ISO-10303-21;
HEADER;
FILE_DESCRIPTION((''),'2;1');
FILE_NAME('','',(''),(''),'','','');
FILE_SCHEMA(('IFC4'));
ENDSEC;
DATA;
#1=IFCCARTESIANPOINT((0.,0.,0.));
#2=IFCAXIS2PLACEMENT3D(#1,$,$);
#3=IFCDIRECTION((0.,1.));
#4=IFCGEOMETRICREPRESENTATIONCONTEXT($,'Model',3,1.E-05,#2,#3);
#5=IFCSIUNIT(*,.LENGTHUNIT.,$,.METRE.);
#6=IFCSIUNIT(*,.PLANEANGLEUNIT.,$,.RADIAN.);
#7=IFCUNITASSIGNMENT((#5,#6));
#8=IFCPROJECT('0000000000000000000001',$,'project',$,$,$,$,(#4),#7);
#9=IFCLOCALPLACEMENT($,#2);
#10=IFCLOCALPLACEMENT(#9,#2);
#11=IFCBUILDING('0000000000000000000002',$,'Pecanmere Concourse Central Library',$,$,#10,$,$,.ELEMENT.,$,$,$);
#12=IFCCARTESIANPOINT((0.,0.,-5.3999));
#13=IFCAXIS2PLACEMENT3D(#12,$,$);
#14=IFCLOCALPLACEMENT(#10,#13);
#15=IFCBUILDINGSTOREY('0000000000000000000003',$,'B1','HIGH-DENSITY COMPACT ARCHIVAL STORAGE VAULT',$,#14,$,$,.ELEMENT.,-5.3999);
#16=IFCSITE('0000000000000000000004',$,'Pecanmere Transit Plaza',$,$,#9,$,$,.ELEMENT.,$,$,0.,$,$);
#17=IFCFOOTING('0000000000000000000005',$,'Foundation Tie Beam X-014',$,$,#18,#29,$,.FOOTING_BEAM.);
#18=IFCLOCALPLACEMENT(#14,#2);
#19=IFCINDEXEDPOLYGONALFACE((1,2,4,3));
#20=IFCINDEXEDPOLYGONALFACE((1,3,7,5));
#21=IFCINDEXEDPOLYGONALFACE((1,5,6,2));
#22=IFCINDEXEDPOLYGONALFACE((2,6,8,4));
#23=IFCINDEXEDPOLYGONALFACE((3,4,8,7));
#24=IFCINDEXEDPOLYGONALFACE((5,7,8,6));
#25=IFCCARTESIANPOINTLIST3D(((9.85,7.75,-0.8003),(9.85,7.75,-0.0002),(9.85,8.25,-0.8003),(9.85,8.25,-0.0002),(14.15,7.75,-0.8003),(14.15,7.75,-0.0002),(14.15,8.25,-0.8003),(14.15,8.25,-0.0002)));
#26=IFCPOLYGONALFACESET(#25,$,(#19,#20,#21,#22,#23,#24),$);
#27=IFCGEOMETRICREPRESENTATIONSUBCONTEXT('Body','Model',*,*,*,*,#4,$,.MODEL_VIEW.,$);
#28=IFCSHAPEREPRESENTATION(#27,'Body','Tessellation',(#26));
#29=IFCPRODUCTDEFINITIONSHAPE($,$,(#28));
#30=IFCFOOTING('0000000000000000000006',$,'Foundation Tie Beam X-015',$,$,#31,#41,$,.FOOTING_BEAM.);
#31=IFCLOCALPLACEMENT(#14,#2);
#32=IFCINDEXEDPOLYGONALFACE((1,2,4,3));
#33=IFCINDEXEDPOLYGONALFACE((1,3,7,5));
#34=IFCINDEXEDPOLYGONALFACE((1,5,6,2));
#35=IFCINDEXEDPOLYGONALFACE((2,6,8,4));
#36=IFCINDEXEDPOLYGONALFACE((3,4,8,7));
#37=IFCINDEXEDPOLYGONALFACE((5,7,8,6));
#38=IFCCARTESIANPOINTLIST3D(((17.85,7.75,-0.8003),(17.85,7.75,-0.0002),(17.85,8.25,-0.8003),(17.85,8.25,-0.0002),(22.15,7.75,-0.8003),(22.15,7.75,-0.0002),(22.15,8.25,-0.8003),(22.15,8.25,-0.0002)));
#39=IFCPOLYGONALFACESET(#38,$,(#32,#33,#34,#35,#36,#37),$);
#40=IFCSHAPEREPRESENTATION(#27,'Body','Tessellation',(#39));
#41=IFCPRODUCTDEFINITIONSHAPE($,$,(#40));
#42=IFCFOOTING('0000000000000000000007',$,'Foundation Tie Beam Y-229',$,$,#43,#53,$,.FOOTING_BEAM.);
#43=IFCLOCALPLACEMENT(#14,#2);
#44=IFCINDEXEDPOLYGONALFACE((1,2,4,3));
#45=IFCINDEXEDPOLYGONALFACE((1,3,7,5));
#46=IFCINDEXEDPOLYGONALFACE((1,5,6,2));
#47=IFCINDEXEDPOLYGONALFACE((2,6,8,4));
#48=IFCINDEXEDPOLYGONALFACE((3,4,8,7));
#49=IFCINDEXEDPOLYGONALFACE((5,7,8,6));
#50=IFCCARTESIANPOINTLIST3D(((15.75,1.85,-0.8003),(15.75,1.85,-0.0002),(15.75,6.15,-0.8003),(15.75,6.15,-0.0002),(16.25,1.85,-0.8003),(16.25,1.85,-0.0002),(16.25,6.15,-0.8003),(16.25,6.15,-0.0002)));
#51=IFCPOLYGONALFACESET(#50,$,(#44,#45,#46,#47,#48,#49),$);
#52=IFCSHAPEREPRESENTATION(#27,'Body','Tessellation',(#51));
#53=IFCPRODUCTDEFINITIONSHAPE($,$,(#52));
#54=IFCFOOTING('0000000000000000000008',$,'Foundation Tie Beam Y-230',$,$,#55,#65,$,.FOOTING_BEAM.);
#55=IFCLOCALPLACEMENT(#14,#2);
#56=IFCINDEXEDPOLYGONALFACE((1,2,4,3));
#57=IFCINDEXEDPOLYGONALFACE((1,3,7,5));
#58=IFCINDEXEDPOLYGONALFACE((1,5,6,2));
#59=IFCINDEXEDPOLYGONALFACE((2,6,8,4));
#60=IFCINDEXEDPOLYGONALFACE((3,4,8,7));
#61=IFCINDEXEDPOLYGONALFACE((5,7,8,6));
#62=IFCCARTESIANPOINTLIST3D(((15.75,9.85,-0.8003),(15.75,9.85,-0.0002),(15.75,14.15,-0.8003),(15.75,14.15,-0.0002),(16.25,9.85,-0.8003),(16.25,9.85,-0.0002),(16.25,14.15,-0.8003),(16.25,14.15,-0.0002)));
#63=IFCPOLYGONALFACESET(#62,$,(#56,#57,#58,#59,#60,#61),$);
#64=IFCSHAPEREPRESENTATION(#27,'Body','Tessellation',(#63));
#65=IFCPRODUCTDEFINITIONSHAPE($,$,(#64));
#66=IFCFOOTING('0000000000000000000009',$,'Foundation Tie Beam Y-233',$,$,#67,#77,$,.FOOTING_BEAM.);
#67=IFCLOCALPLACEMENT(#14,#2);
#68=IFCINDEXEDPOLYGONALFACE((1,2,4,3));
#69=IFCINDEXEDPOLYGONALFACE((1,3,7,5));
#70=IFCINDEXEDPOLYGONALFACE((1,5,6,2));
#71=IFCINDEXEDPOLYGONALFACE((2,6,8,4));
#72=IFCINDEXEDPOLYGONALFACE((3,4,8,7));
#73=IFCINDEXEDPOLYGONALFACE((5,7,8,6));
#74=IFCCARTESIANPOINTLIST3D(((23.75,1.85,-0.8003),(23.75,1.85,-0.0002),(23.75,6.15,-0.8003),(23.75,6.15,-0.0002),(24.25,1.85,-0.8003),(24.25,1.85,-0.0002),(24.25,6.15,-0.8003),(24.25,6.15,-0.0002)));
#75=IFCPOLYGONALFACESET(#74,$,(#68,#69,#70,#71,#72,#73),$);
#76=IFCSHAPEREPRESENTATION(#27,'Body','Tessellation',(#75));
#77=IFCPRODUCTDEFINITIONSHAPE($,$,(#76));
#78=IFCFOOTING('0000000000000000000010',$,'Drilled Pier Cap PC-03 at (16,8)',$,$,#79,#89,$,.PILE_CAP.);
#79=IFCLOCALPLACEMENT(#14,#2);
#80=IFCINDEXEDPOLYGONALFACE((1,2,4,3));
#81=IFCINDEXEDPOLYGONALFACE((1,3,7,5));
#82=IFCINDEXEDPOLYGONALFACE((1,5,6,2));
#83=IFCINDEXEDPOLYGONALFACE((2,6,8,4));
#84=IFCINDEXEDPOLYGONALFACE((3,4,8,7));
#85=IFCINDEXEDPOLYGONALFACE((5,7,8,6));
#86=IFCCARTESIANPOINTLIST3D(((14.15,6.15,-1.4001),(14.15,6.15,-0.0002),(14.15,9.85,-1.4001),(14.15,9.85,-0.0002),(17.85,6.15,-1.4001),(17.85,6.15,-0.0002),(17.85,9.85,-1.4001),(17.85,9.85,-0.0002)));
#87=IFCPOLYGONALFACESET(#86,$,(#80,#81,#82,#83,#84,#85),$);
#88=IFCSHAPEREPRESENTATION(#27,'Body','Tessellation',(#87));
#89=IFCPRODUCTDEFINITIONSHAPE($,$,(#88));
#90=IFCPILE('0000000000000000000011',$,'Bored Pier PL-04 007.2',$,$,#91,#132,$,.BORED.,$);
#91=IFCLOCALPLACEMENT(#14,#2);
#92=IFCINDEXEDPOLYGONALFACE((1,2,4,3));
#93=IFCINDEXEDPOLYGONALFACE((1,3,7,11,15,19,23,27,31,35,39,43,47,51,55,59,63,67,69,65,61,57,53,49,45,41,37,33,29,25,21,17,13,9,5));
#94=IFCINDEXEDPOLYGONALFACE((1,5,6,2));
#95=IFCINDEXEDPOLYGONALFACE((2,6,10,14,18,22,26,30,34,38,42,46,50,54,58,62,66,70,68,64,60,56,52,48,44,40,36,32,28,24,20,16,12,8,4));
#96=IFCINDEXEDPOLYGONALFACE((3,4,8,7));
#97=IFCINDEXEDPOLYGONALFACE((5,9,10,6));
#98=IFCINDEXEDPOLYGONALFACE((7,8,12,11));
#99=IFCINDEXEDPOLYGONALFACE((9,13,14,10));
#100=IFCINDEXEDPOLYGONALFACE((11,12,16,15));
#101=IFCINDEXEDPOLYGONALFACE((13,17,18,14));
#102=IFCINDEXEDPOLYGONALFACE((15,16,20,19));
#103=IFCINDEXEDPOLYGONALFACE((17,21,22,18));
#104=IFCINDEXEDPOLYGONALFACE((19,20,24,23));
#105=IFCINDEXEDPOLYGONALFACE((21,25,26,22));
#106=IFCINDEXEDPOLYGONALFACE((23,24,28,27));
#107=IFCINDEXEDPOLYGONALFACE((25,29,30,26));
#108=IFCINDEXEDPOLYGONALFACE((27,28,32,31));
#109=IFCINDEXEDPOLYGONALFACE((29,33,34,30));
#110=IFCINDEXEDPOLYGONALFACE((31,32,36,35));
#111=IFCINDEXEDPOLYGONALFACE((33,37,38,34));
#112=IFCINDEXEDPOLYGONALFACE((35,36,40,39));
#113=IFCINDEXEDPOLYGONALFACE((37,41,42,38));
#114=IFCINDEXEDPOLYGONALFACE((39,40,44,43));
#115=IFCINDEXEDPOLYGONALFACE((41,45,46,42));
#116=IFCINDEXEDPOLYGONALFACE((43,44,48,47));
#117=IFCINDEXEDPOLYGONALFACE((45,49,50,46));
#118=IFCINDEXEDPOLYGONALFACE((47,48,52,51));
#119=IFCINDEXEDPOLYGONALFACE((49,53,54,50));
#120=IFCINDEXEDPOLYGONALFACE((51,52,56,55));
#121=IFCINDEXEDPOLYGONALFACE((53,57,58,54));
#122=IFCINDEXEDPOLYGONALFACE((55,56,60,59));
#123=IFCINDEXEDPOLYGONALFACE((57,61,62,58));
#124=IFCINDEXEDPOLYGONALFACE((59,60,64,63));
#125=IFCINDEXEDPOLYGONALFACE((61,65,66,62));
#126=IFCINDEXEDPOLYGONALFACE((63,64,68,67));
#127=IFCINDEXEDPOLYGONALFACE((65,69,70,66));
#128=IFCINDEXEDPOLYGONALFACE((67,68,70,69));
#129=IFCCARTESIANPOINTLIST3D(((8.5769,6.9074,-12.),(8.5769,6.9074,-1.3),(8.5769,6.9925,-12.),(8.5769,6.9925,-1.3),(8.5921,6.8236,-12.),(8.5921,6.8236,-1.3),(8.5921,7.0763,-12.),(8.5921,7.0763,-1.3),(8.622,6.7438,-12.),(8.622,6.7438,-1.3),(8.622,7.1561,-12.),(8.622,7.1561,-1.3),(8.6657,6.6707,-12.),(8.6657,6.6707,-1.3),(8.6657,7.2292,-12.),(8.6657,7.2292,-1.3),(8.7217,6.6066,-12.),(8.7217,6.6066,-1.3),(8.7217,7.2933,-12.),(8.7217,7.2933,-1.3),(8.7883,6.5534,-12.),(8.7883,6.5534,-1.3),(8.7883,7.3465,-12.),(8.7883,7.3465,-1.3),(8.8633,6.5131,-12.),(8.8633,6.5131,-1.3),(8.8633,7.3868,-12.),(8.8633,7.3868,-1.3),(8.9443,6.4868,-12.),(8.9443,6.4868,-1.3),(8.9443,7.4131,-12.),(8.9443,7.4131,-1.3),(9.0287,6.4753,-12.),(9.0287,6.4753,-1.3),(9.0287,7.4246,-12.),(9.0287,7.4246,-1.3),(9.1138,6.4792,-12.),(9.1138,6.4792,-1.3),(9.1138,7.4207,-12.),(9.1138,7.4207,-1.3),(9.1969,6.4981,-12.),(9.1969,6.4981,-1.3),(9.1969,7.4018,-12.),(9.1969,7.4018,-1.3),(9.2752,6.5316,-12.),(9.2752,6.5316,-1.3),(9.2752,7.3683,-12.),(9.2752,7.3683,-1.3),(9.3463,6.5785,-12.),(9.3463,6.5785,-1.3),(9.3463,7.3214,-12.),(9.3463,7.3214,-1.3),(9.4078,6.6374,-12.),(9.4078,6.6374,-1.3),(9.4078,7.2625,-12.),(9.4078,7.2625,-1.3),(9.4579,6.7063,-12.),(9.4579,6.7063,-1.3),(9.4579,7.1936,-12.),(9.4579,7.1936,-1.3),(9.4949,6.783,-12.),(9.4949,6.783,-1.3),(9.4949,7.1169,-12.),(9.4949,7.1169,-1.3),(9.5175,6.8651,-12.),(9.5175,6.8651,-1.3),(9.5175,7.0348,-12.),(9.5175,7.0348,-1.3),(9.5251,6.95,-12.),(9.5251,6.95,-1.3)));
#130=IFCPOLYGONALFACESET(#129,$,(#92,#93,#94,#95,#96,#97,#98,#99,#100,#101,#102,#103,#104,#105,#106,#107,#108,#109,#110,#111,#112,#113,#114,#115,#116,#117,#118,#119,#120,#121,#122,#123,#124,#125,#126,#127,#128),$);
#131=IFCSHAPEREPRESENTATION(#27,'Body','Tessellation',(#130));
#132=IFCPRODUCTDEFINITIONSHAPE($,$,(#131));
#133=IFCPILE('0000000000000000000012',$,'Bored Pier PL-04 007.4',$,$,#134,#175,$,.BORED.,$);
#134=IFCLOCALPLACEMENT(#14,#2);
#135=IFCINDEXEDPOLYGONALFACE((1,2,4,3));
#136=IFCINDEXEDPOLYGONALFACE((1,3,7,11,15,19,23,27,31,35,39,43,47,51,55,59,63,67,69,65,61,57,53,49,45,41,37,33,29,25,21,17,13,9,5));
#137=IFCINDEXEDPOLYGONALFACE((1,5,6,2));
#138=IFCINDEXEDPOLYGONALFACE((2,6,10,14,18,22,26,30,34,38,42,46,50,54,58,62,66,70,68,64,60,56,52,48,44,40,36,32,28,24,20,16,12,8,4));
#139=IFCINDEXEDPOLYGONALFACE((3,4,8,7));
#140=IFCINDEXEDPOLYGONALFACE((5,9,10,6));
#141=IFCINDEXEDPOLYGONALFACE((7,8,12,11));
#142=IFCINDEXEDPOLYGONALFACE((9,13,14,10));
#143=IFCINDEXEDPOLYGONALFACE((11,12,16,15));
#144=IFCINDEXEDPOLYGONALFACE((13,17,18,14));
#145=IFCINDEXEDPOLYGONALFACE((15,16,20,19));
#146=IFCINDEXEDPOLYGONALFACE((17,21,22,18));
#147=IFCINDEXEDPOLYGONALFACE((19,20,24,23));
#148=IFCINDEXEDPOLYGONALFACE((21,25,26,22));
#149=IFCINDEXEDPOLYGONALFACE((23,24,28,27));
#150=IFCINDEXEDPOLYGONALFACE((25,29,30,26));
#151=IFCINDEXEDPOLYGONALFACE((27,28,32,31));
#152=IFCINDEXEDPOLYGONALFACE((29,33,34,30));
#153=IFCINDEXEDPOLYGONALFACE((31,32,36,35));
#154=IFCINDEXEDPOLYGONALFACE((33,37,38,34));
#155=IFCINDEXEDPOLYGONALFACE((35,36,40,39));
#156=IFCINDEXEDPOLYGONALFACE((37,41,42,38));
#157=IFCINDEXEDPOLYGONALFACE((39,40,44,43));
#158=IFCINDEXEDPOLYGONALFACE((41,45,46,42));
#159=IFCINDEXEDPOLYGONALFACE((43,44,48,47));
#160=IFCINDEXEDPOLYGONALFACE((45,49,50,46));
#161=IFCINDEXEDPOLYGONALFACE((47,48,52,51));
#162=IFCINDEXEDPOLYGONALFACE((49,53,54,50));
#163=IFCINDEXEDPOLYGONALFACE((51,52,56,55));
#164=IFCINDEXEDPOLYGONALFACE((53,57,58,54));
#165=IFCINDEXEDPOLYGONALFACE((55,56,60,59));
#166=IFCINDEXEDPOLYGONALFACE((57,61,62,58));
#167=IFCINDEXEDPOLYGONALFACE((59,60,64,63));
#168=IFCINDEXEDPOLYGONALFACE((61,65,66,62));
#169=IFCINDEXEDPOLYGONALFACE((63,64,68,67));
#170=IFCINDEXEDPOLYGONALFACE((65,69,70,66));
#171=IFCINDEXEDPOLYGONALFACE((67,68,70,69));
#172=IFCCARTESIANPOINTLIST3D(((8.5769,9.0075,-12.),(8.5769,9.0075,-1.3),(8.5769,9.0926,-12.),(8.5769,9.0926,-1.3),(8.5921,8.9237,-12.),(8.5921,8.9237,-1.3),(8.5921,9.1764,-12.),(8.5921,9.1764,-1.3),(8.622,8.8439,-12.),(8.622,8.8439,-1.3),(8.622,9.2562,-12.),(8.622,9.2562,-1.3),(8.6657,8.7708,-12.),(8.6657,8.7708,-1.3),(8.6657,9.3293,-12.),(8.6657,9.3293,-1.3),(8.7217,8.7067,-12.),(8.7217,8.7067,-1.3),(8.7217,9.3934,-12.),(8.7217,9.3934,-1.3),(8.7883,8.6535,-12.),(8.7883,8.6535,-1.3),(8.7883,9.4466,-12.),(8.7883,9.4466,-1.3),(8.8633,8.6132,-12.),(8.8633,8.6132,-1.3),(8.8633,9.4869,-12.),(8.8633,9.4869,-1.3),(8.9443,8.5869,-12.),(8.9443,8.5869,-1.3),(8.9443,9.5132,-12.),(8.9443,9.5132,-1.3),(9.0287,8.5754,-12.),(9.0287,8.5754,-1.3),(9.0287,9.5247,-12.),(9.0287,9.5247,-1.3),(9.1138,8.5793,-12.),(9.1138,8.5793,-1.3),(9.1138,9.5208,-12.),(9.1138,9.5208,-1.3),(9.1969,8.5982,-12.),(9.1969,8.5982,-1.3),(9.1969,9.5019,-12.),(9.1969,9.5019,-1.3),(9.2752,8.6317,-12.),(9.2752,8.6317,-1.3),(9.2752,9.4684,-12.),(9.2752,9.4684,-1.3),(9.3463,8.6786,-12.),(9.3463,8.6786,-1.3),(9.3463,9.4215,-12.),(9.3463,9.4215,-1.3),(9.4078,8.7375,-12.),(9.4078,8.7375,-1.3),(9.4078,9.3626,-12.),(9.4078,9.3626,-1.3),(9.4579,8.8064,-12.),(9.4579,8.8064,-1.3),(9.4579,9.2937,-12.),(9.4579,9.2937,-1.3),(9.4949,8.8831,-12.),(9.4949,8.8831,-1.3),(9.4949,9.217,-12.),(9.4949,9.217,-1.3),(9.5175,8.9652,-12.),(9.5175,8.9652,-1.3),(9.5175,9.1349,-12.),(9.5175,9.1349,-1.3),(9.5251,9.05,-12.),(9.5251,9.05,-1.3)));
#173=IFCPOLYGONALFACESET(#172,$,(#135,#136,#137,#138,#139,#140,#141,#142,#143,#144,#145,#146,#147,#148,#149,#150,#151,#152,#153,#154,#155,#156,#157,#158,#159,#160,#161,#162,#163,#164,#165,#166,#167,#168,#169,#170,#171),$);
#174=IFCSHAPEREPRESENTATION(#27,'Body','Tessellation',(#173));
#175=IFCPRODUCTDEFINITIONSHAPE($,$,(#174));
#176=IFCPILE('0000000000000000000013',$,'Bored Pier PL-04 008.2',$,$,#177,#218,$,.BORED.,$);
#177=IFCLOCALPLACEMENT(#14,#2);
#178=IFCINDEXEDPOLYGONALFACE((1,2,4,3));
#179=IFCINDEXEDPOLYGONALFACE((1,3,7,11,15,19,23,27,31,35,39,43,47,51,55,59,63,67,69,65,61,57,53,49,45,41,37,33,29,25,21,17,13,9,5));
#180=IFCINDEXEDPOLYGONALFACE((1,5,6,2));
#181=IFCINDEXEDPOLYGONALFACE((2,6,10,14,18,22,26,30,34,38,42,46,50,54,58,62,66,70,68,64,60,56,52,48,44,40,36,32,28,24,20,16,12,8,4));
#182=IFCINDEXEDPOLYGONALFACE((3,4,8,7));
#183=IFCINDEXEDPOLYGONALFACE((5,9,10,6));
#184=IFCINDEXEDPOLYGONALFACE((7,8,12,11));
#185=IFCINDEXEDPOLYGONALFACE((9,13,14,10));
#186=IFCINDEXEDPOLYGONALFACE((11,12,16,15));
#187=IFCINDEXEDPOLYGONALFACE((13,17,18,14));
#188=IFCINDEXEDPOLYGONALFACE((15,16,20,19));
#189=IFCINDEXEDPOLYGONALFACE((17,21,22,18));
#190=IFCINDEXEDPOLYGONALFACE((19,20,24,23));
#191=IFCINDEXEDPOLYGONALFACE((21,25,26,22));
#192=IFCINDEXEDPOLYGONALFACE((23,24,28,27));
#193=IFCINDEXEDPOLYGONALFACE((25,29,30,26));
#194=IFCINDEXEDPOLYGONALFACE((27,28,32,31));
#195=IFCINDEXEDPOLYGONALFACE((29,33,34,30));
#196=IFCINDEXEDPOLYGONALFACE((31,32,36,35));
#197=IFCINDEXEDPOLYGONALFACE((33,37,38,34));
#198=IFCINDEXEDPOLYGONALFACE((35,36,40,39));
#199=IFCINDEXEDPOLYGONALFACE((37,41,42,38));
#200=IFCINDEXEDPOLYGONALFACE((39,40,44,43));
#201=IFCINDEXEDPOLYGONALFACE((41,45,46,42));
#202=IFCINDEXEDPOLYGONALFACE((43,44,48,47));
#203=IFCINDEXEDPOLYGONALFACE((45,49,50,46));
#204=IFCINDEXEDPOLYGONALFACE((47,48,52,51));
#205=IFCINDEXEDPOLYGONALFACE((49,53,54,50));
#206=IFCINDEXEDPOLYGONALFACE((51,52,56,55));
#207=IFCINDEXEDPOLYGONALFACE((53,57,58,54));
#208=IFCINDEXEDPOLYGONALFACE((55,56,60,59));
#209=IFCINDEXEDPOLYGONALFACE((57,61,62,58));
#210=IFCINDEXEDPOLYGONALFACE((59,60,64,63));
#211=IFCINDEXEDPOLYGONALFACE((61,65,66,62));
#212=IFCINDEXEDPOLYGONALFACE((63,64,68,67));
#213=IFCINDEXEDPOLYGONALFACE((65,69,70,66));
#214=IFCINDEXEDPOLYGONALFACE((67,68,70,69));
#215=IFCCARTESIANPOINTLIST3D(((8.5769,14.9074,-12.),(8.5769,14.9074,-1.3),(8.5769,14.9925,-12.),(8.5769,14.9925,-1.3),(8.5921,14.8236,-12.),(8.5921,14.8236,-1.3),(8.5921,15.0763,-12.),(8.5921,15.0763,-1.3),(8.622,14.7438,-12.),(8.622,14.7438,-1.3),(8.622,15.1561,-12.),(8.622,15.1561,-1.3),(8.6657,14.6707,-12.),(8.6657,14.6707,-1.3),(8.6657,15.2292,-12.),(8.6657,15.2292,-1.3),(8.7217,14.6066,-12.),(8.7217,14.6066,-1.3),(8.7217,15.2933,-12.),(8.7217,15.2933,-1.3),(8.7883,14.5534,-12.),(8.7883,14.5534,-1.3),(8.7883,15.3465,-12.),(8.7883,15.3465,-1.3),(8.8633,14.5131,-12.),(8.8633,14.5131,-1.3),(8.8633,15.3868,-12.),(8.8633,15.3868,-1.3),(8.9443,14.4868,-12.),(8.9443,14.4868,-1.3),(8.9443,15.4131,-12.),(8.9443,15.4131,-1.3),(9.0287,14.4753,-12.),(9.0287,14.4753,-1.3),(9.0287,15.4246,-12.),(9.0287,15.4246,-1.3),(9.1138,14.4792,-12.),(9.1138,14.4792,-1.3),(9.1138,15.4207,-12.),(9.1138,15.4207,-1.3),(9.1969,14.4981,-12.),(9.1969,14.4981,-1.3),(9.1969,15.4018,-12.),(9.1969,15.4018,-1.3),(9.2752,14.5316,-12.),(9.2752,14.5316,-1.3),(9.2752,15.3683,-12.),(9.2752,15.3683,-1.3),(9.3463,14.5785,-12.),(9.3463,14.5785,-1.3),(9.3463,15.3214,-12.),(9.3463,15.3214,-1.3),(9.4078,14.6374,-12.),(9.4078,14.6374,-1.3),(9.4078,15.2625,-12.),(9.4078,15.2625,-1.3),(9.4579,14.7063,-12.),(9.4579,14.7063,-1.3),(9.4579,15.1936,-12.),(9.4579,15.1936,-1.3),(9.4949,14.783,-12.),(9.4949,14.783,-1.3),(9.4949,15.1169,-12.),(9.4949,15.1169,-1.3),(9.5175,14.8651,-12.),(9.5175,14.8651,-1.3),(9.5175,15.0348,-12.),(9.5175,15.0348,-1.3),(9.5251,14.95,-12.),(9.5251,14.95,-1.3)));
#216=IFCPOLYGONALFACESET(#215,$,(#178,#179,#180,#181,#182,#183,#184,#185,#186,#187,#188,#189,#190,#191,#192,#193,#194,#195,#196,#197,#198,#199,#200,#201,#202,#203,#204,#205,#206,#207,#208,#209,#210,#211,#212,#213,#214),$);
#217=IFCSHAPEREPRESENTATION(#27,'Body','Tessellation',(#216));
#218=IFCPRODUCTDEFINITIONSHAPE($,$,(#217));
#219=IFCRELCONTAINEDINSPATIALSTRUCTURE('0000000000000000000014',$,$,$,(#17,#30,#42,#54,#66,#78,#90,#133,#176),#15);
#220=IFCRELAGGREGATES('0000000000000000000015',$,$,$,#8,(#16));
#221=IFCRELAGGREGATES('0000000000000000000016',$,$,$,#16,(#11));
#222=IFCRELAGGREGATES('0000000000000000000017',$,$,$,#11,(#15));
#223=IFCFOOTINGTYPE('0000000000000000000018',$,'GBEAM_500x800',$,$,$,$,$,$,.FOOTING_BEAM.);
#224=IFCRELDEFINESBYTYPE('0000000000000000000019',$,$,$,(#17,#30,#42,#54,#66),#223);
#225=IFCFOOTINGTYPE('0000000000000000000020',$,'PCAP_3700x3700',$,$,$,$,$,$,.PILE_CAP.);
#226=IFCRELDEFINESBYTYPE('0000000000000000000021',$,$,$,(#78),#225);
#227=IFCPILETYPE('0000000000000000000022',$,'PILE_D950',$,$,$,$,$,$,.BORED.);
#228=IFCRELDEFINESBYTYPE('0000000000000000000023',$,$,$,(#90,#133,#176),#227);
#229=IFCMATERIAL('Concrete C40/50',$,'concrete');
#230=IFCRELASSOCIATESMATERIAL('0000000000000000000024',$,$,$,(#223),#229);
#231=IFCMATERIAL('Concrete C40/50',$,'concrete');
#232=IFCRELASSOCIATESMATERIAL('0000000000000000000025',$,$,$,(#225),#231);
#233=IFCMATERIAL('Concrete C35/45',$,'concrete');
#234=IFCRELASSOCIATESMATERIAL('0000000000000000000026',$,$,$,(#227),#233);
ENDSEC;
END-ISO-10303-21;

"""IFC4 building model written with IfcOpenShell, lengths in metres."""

from ifc_helpers import new_model, si_unit, direction, frame, origin, origin_2d, place, context, subcontext, project, spatial, rectangle, circle, extrude, material, material_profile, profile_set, type_object, element, save


model = new_model("IFC4")

# Units and contexts
model_context = context("Model", 3, precision=1e-05, world=origin(), true_north=direction((0.0, 1.0)))
body_context = subcontext(model_context, "Body", "Model", "MODEL_VIEW")
ifc_project = project(units=[si_unit("LENGTHUNIT", "METRE"), si_unit("PLANEANGLEUNIT", "RADIAN")], contexts=[model_context])

# Site, building, storey
site_placement = place(None, origin())
site = spatial("IfcSite", under=ifc_project, at=site_placement, Name="Pecanmere Transit Plaza", CompositionType="ELEMENT", RefElevation=0.0)
building_placement = place(site_placement, origin())
building = spatial("IfcBuilding", under=site, at=building_placement, Name="Pecanmere Concourse Central Library", CompositionType="ELEMENT")
storey_placement = place(building_placement, frame((0.0, 0.0, -5.3999)))
storey = spatial("IfcBuildingStorey", under=building, at=storey_placement, Name="B1", Description="HIGH-DENSITY COMPACT ARCHIVAL STORAGE VAULT", CompositionType="ELEMENT", Elevation=-5.3999)

# Footings
ifc_material_1 = material(Name="Concrete C40/50", Category="concrete")
ifc_material_profile_1 = material_profile(ifc_material_1, rectangle(XDim=0.5, YDim=0.8, at=origin_2d()), Name="RC 500x800")
ifc_profile_set_1 = profile_set([ifc_material_profile_1], Name="Concrete C40/50")
footing_type_1 = type_object("IfcFootingType", Name="GBEAM_500x800", PredefinedType="FOOTING_BEAM", material=ifc_profile_set_1)
for number, where, z_axis, x_axis, name in (
    (1, (12.0, 8.0, -0.8003), (0.0, 0.0, 1.0), (1.0, 0.0, 0.0), "Foundation Tie Beam X-014"),
    (2, (20.0, 8.0, -0.8003), (0.0, 0.0, 1.0), (1.0, 0.0, 0.0), "Foundation Tie Beam X-015"),
    (3, (16.0, 4.0, -0.8003), (0.0, 0.0, 1.0), (0.0, 1.0, 0.0), "Foundation Tie Beam Y-229"),
    (4, (16.0, 12.0, -0.8003), (0.0, 0.0, 1.0), (0.0, 1.0, 0.0), "Foundation Tie Beam Y-230"),
    (5, (24.0, 4.0, -0.8003), (0.0, 0.0, 1.0), (0.0, 1.0, 0.0), "Foundation Tie Beam Y-233"),
):
    element("IfcFooting", number, at=place(storey_placement, frame(where, z_axis=z_axis, x_axis=x_axis)), inside=storey, type_object=footing_type_1, Name=name, PredefinedType="FOOTING_BEAM", context=body_context, shape_type="SweptSolid", body=[
        extrude(rectangle(XDim=4.3, YDim=0.5, at=origin_2d()), origin(), (0.0, 0.0, 1.0), 0.8),
    ])
ifc_material_2 = material(Name="Concrete C40/50", Category="concrete")
footing_type_2 = type_object("IfcFootingType", Name="PCAP_3700x3700", PredefinedType="PILE_CAP", material=ifc_material_2)
footing_placement = place(storey_placement, frame((16.0, 8.0, -1.4001), z_axis=(0.0, 0.0, 1.0), x_axis=(1.0, 0.0, 0.0)))
element("IfcFooting", 6, at=footing_placement, inside=storey, type_object=footing_type_2, Name="Drilled Pier Cap PC-03 at (16,8)", PredefinedType="PILE_CAP", context=body_context, shape_type="SweptSolid", body=[
    extrude(rectangle(XDim=3.7, YDim=3.7, at=origin_2d()), origin(), (0.0, 0.0, 1.0), 1.3999),
])

# Piles
ifc_material_3 = material(Name="Concrete C35/45", Category="concrete")
ifc_material_profile_2 = material_profile(ifc_material_3, circle(Radius=0.4751, at=origin_2d()), Name="PIER D950")
ifc_profile_set_2 = profile_set([ifc_material_profile_2], Name="Concrete C35/45")
pile_type = type_object("IfcPileType", Name="PILE_D950", PredefinedType="BORED", material=ifc_profile_set_2)
for number, where, z_axis, x_axis, name in (
    (7, (9.05, 6.95, -1.3), (0.0, 0.0, -1.0), (1.0, 0.0, 0.0), "Bored Pier PL-04 007.2"),
    (8, (9.05, 9.05, -1.3), (0.0, 0.0, -1.0), (1.0, 0.0, 0.0), "Bored Pier PL-04 007.4"),
    (9, (9.05, 14.95, -1.3), (0.0, 0.0, -1.0), (1.0, 0.0, 0.0), "Bored Pier PL-04 008.2"),
):
    element("IfcPile", number, at=place(storey_placement, frame(where, z_axis=z_axis, x_axis=x_axis)), inside=storey, type_object=pile_type, Name=name, PredefinedType="BORED", context=body_context, shape_type="SweptSolid", body=[
        extrude(circle(Radius=0.4751, at=origin_2d()), origin(), (0.0, 0.0, 1.0), 10.7),
    ])

save(model, "model.ifc")
